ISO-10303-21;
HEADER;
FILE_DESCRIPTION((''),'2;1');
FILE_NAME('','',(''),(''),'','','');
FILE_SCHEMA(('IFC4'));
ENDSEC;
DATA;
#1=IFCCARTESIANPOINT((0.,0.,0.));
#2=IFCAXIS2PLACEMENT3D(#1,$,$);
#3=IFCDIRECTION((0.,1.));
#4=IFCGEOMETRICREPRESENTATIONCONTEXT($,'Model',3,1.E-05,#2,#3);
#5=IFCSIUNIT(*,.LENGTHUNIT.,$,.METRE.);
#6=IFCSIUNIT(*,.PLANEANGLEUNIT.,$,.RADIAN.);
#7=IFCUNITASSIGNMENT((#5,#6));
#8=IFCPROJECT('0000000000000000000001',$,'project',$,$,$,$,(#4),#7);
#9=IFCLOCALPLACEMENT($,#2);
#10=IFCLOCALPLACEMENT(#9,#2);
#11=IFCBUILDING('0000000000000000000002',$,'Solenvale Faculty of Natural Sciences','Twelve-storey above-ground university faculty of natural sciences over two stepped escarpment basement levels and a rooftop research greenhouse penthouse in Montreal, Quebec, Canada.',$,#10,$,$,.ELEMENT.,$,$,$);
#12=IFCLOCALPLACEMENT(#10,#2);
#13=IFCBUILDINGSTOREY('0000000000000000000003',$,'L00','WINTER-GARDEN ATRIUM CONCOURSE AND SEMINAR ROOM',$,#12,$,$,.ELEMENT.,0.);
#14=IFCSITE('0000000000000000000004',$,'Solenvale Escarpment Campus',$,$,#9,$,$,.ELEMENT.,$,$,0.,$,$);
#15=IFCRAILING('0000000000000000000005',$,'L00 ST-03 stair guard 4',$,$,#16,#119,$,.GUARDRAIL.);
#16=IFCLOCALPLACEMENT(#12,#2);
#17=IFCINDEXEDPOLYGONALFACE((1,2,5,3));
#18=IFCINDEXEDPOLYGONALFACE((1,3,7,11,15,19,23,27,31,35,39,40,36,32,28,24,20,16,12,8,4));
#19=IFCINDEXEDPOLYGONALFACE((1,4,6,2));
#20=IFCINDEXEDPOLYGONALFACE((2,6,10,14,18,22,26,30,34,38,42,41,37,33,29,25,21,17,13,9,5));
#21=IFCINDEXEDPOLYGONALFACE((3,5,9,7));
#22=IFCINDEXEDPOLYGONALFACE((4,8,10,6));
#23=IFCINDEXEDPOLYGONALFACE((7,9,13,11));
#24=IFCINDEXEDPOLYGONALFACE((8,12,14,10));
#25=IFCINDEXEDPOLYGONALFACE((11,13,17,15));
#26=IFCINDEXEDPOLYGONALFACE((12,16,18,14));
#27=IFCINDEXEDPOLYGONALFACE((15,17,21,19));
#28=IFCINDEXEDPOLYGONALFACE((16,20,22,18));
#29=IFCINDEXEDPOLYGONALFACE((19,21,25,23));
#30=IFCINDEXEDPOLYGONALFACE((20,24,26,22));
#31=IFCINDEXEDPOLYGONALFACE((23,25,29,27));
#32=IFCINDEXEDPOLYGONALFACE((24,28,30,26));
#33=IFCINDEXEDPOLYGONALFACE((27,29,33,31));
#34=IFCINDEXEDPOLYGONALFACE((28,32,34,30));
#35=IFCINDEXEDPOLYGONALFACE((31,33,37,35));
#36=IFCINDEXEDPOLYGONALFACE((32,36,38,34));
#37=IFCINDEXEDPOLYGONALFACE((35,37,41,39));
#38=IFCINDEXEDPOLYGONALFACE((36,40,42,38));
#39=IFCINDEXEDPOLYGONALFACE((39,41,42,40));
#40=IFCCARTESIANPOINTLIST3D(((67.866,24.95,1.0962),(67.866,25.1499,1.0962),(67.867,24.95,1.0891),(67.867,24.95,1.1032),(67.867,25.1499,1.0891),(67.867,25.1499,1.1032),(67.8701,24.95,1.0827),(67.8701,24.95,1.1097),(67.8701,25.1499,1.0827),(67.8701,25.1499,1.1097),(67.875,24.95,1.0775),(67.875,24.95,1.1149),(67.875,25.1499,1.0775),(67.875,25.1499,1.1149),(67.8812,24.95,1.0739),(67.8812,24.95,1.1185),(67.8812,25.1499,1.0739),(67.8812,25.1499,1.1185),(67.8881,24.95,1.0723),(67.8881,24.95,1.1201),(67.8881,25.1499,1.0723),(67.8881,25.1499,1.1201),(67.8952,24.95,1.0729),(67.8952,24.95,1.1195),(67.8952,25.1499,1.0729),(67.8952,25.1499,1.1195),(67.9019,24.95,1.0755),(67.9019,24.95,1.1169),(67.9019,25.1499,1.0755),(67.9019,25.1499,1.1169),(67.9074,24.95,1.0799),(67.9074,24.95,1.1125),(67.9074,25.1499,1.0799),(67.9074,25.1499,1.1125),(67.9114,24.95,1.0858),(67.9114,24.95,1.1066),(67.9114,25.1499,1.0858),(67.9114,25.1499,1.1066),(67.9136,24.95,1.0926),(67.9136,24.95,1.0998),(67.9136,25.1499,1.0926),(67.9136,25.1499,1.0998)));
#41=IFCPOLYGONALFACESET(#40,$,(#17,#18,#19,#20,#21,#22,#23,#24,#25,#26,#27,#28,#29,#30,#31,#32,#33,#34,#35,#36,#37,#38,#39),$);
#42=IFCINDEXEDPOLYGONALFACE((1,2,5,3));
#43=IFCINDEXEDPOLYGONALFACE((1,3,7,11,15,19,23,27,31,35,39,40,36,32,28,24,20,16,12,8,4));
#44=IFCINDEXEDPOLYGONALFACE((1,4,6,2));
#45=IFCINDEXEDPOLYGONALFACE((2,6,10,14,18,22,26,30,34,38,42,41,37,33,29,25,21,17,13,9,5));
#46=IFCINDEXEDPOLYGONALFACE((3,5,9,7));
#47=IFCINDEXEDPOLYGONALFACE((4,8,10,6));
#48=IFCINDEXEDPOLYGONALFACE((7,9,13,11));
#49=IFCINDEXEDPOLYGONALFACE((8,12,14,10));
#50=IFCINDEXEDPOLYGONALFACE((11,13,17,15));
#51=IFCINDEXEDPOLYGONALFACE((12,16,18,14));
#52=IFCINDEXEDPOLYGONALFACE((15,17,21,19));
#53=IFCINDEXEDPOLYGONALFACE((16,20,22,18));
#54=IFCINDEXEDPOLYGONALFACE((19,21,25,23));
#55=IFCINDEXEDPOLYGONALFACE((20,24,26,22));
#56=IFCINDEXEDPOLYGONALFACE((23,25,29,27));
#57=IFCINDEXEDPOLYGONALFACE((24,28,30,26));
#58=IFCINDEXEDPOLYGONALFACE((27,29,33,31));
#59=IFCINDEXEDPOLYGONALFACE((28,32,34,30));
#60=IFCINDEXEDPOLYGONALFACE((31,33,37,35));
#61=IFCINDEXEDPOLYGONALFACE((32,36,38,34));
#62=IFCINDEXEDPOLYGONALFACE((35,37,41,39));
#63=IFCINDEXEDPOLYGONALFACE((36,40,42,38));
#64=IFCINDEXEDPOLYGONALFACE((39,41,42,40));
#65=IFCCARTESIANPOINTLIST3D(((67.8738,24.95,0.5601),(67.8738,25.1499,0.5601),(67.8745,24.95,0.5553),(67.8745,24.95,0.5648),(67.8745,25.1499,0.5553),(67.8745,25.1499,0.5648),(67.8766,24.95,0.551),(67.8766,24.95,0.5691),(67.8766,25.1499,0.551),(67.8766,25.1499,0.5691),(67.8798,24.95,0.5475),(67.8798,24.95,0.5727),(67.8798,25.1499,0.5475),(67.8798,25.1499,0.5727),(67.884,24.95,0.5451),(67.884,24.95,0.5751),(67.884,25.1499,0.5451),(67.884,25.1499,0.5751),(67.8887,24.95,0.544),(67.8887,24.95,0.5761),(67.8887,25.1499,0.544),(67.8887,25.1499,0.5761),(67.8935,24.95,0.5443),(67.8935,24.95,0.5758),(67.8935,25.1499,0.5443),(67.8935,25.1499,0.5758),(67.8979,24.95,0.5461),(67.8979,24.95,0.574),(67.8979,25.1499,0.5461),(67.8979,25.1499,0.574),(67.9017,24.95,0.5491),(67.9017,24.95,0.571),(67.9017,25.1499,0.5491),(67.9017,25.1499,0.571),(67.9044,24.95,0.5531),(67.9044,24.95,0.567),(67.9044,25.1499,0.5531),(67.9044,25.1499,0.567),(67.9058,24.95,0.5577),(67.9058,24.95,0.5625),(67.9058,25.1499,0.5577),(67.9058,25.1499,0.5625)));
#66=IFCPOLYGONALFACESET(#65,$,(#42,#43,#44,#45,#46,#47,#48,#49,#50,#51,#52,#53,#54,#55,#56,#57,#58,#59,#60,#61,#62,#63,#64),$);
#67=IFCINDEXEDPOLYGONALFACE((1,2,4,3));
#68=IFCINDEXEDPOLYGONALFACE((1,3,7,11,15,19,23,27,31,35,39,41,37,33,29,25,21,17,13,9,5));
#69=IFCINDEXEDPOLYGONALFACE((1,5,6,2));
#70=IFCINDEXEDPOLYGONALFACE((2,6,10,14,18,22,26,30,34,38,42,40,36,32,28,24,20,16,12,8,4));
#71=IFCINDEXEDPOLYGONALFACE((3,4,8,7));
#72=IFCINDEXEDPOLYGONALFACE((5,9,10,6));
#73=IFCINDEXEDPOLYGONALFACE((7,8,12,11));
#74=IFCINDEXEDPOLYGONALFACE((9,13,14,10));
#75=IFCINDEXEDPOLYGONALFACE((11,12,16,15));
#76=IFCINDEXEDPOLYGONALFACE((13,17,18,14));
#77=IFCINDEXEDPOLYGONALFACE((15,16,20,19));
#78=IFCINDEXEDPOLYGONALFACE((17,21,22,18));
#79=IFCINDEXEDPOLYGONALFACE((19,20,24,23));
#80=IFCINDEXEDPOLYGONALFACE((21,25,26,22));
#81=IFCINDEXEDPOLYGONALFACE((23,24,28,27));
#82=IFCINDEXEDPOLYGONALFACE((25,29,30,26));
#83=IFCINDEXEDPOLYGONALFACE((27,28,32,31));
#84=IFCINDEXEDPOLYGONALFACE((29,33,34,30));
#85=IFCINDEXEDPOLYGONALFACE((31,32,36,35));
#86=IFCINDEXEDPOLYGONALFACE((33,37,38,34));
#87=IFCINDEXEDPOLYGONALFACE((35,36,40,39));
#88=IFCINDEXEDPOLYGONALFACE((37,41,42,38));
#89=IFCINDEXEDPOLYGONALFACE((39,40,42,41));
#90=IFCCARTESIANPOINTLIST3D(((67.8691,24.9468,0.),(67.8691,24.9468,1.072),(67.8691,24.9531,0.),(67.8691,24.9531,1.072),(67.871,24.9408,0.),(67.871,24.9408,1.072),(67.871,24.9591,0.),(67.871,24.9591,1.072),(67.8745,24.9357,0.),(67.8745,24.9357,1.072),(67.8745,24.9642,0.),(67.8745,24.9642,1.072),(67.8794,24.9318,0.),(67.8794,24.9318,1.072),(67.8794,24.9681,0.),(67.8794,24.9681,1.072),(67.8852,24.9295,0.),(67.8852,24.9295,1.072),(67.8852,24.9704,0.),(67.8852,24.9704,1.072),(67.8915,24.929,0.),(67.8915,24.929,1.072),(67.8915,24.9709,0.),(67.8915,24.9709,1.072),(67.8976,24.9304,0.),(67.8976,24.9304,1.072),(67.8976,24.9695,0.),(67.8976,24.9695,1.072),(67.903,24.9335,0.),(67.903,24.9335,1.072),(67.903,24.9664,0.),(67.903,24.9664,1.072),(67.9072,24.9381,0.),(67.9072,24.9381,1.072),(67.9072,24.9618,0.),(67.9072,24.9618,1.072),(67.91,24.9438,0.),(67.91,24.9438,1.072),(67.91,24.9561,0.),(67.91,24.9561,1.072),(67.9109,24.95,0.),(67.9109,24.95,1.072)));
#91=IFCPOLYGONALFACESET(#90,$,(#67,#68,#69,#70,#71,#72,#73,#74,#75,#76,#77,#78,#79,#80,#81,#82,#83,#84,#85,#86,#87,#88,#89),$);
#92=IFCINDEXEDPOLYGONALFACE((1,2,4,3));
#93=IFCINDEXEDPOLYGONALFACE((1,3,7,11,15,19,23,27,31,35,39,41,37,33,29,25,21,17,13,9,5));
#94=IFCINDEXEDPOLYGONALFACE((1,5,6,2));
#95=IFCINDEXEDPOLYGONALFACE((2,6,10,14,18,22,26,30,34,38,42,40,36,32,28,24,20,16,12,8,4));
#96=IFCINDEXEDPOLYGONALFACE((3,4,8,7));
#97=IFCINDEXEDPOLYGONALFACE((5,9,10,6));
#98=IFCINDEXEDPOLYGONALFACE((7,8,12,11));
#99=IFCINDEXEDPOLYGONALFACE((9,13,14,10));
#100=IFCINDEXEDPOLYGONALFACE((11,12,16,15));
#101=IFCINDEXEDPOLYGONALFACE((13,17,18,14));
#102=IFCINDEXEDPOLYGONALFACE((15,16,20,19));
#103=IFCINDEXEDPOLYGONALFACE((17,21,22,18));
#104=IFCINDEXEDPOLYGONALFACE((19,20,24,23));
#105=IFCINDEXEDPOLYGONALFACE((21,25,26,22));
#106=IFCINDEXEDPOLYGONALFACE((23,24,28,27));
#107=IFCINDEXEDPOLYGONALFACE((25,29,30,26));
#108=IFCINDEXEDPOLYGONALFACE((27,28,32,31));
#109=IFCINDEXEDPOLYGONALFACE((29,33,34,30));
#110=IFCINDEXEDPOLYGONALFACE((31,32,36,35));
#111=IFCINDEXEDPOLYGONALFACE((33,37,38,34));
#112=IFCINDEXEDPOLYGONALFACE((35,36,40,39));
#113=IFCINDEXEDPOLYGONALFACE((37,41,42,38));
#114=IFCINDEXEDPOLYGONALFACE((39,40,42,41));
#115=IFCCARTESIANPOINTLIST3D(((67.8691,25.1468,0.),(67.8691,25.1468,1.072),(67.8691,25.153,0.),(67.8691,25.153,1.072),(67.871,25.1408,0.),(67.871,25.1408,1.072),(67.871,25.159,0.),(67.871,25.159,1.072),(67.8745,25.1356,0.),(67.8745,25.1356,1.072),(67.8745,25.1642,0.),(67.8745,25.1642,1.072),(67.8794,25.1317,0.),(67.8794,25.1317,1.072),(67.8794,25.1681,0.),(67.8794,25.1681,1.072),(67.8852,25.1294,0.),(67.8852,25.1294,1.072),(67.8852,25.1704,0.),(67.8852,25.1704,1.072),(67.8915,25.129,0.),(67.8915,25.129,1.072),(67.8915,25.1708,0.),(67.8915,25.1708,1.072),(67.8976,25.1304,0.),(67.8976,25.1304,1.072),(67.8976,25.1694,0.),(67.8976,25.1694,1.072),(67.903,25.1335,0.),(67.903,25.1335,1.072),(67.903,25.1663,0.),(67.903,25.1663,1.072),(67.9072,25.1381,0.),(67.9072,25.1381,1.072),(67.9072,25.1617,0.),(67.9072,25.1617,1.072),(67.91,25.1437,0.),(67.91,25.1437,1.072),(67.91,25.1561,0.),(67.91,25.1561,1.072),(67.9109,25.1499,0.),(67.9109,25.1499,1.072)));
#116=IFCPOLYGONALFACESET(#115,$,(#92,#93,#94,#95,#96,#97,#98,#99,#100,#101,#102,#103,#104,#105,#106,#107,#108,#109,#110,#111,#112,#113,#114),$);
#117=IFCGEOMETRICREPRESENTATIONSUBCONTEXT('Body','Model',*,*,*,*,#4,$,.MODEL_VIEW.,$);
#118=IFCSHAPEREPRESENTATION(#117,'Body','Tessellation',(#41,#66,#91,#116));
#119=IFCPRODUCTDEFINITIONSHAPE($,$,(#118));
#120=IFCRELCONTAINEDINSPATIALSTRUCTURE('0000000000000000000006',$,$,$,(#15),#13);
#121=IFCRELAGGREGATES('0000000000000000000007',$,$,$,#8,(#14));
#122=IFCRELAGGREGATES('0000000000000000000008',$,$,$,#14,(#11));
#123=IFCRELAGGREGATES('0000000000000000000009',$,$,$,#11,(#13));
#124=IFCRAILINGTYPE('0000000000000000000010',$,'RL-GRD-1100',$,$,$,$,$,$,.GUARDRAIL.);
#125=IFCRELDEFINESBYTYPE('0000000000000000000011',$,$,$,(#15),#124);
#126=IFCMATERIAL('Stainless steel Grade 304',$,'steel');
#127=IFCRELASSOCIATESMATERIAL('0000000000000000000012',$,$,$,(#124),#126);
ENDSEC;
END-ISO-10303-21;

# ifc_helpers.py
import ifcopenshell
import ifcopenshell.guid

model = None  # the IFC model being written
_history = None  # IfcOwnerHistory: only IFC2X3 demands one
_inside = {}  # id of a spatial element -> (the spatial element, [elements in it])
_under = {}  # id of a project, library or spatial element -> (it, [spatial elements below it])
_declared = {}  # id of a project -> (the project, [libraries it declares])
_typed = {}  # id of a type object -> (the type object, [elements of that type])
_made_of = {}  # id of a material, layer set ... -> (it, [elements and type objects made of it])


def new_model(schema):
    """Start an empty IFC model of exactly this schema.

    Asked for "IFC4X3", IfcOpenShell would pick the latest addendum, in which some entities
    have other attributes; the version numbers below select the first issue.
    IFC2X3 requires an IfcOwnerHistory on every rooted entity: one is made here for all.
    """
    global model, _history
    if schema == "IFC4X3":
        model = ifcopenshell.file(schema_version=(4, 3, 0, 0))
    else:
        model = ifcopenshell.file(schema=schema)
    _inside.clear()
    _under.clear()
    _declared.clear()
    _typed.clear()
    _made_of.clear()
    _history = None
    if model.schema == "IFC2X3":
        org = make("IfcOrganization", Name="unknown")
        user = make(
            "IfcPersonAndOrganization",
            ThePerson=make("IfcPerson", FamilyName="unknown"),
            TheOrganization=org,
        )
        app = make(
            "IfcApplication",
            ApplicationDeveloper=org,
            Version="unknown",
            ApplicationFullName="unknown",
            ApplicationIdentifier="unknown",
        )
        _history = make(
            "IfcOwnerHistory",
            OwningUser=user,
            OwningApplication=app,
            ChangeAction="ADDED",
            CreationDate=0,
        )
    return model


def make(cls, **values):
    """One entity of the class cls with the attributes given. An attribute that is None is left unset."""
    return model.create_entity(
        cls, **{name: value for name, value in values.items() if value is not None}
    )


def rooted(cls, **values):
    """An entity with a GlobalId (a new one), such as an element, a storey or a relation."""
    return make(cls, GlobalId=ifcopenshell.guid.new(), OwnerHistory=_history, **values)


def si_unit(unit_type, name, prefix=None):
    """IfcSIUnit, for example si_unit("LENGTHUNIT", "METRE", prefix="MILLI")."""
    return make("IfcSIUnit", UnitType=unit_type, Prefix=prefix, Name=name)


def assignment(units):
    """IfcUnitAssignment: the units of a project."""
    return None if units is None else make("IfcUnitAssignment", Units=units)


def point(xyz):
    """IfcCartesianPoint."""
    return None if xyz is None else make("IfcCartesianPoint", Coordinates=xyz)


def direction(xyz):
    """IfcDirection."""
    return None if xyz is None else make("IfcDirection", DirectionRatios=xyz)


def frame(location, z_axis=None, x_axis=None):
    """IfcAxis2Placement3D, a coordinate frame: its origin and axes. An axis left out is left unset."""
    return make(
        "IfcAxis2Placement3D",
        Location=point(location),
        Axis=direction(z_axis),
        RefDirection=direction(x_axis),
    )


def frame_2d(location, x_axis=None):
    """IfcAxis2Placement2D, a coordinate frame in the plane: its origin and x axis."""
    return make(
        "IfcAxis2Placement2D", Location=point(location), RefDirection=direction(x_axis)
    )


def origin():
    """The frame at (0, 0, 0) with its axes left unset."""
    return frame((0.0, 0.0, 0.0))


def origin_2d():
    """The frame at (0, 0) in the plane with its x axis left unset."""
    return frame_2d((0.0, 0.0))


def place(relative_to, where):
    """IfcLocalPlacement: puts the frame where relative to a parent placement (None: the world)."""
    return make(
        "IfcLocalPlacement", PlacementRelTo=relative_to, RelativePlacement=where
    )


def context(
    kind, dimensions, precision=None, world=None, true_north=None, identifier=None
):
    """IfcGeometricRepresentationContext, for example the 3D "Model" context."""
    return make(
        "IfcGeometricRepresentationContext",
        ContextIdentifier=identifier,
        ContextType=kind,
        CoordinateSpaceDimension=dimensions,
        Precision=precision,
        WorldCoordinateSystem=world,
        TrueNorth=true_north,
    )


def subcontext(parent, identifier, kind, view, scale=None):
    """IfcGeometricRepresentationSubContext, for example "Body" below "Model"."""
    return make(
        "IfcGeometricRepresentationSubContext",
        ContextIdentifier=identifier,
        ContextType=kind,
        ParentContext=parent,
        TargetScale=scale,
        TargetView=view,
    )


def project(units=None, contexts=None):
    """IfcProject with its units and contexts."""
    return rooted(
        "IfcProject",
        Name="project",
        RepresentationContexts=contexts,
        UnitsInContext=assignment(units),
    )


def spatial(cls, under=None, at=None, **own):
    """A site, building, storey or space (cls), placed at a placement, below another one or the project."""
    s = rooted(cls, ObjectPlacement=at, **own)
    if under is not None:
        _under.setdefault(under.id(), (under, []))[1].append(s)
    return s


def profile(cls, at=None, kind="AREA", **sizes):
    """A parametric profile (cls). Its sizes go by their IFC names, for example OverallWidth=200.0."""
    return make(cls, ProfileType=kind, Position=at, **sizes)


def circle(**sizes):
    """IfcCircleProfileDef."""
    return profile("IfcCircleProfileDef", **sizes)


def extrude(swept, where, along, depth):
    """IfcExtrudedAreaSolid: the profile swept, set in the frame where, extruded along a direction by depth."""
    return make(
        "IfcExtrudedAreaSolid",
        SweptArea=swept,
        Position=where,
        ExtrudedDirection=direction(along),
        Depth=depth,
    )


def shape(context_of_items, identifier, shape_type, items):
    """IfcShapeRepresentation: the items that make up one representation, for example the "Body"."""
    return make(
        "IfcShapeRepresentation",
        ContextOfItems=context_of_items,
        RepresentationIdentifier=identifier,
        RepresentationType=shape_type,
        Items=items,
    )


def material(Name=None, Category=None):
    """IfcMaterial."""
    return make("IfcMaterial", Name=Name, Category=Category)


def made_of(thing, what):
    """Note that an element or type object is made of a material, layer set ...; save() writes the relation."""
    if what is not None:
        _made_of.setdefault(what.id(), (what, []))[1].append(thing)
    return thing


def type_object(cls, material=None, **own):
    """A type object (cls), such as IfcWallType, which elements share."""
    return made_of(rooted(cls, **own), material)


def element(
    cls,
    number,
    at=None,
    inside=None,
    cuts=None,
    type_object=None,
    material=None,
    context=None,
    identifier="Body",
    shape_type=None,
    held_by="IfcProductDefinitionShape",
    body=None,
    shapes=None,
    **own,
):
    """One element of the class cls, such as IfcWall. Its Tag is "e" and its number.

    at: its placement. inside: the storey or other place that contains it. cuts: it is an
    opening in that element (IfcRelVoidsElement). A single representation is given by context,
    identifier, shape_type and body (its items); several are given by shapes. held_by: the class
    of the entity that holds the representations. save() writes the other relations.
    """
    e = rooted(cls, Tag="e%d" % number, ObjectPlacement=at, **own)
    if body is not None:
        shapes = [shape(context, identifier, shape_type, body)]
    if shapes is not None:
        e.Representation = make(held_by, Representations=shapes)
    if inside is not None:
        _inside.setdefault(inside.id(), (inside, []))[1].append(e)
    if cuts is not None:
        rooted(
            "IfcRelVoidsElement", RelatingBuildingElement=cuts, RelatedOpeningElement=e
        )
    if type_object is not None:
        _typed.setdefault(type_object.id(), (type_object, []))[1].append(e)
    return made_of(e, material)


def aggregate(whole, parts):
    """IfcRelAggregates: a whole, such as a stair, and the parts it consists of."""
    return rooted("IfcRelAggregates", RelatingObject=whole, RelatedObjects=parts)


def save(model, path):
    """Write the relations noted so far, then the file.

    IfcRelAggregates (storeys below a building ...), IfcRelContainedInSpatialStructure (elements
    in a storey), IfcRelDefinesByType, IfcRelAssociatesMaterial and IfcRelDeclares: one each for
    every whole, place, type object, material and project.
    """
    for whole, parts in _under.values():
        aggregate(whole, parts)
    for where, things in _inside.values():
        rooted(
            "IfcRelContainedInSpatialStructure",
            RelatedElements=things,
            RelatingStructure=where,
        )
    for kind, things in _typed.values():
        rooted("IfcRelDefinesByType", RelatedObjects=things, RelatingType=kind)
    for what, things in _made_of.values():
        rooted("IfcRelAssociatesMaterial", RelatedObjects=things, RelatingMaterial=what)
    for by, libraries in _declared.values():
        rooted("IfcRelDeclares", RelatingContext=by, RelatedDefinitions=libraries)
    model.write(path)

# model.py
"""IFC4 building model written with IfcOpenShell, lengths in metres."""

from ifc_helpers import new_model, si_unit, direction, frame, origin, origin_2d, place, context, subcontext, project, spatial, circle, extrude, material, type_object, element, save


model = new_model("IFC4")

# Units and contexts
model_context = context("Model", 3, precision=1e-05, world=origin(), true_north=direction((0.0, 1.0)))
body_context = subcontext(model_context, "Body", "Model", "MODEL_VIEW")
ifc_project = project(units=[si_unit("LENGTHUNIT", "METRE"), si_unit("PLANEANGLEUNIT", "RADIAN")], contexts=[model_context])

# Site, building, storey
site_placement = place(None, origin())
site = spatial("IfcSite", under=ifc_project, at=site_placement, Name="Solenvale Escarpment Campus", CompositionType="ELEMENT", RefElevation=0.0)
building_placement = place(site_placement, origin())
building = spatial("IfcBuilding", under=site, at=building_placement, Name="Solenvale Faculty of Natural Sciences", Description="Twelve-storey above-ground university faculty of natural sciences over two stepped escarpment basement levels and a rooftop research greenhouse penthouse in Montreal, Quebec, Canada.", CompositionType="ELEMENT")
storey_placement = place(building_placement, origin())
storey = spatial("IfcBuildingStorey", under=building, at=storey_placement, Name="L00", Description="WINTER-GARDEN ATRIUM CONCOURSE AND SEMINAR ROOM", CompositionType="ELEMENT", Elevation=0.0)

# Shared definitions
ifc_material_1 = material(Name="Stainless steel Grade 304", Category="steel")

# Railing
railing_type_1 = type_object("IfcRailingType", Name="RL-GRD-1100", PredefinedType="GUARDRAIL", material=ifc_material_1)
railing_1_placement = place(storey_placement, frame((67.8899, 24.95, 0.0)))
element("IfcRailing", 1, at=railing_1_placement, inside=storey, type_object=railing_type_1, Name="L00 ST-03 stair guard 4", PredefinedType="GUARDRAIL", context=body_context, shape_type="SweptSolid", body=[
    extrude(circle(Radius=0.0239, at=origin_2d()), frame((0.0, 0.0, 1.0962), z_axis=(0.0, 1.0, 0.0), x_axis=(-1.0, 0.0, 0.0)), (0.0, 0.0, 1.0), 0.2),
    extrude(circle(Radius=0.0161, at=origin_2d()), frame((0.0, 0.0, 0.5601), z_axis=(0.0, 1.0, 0.0), x_axis=(-1.0, 0.0, 0.0)), (0.0, 0.0, 1.0), 0.2),
    extrude(circle(Radius=0.021, at=origin_2d()), origin(), (0.0, 0.0, 1.0), 1.072),
    extrude(circle(Radius=0.021, at=origin_2d()), frame((0.0, 0.2, 0.0)), (0.0, 0.0, 1.0), 1.072),
])

save(model, "model.ifc")
